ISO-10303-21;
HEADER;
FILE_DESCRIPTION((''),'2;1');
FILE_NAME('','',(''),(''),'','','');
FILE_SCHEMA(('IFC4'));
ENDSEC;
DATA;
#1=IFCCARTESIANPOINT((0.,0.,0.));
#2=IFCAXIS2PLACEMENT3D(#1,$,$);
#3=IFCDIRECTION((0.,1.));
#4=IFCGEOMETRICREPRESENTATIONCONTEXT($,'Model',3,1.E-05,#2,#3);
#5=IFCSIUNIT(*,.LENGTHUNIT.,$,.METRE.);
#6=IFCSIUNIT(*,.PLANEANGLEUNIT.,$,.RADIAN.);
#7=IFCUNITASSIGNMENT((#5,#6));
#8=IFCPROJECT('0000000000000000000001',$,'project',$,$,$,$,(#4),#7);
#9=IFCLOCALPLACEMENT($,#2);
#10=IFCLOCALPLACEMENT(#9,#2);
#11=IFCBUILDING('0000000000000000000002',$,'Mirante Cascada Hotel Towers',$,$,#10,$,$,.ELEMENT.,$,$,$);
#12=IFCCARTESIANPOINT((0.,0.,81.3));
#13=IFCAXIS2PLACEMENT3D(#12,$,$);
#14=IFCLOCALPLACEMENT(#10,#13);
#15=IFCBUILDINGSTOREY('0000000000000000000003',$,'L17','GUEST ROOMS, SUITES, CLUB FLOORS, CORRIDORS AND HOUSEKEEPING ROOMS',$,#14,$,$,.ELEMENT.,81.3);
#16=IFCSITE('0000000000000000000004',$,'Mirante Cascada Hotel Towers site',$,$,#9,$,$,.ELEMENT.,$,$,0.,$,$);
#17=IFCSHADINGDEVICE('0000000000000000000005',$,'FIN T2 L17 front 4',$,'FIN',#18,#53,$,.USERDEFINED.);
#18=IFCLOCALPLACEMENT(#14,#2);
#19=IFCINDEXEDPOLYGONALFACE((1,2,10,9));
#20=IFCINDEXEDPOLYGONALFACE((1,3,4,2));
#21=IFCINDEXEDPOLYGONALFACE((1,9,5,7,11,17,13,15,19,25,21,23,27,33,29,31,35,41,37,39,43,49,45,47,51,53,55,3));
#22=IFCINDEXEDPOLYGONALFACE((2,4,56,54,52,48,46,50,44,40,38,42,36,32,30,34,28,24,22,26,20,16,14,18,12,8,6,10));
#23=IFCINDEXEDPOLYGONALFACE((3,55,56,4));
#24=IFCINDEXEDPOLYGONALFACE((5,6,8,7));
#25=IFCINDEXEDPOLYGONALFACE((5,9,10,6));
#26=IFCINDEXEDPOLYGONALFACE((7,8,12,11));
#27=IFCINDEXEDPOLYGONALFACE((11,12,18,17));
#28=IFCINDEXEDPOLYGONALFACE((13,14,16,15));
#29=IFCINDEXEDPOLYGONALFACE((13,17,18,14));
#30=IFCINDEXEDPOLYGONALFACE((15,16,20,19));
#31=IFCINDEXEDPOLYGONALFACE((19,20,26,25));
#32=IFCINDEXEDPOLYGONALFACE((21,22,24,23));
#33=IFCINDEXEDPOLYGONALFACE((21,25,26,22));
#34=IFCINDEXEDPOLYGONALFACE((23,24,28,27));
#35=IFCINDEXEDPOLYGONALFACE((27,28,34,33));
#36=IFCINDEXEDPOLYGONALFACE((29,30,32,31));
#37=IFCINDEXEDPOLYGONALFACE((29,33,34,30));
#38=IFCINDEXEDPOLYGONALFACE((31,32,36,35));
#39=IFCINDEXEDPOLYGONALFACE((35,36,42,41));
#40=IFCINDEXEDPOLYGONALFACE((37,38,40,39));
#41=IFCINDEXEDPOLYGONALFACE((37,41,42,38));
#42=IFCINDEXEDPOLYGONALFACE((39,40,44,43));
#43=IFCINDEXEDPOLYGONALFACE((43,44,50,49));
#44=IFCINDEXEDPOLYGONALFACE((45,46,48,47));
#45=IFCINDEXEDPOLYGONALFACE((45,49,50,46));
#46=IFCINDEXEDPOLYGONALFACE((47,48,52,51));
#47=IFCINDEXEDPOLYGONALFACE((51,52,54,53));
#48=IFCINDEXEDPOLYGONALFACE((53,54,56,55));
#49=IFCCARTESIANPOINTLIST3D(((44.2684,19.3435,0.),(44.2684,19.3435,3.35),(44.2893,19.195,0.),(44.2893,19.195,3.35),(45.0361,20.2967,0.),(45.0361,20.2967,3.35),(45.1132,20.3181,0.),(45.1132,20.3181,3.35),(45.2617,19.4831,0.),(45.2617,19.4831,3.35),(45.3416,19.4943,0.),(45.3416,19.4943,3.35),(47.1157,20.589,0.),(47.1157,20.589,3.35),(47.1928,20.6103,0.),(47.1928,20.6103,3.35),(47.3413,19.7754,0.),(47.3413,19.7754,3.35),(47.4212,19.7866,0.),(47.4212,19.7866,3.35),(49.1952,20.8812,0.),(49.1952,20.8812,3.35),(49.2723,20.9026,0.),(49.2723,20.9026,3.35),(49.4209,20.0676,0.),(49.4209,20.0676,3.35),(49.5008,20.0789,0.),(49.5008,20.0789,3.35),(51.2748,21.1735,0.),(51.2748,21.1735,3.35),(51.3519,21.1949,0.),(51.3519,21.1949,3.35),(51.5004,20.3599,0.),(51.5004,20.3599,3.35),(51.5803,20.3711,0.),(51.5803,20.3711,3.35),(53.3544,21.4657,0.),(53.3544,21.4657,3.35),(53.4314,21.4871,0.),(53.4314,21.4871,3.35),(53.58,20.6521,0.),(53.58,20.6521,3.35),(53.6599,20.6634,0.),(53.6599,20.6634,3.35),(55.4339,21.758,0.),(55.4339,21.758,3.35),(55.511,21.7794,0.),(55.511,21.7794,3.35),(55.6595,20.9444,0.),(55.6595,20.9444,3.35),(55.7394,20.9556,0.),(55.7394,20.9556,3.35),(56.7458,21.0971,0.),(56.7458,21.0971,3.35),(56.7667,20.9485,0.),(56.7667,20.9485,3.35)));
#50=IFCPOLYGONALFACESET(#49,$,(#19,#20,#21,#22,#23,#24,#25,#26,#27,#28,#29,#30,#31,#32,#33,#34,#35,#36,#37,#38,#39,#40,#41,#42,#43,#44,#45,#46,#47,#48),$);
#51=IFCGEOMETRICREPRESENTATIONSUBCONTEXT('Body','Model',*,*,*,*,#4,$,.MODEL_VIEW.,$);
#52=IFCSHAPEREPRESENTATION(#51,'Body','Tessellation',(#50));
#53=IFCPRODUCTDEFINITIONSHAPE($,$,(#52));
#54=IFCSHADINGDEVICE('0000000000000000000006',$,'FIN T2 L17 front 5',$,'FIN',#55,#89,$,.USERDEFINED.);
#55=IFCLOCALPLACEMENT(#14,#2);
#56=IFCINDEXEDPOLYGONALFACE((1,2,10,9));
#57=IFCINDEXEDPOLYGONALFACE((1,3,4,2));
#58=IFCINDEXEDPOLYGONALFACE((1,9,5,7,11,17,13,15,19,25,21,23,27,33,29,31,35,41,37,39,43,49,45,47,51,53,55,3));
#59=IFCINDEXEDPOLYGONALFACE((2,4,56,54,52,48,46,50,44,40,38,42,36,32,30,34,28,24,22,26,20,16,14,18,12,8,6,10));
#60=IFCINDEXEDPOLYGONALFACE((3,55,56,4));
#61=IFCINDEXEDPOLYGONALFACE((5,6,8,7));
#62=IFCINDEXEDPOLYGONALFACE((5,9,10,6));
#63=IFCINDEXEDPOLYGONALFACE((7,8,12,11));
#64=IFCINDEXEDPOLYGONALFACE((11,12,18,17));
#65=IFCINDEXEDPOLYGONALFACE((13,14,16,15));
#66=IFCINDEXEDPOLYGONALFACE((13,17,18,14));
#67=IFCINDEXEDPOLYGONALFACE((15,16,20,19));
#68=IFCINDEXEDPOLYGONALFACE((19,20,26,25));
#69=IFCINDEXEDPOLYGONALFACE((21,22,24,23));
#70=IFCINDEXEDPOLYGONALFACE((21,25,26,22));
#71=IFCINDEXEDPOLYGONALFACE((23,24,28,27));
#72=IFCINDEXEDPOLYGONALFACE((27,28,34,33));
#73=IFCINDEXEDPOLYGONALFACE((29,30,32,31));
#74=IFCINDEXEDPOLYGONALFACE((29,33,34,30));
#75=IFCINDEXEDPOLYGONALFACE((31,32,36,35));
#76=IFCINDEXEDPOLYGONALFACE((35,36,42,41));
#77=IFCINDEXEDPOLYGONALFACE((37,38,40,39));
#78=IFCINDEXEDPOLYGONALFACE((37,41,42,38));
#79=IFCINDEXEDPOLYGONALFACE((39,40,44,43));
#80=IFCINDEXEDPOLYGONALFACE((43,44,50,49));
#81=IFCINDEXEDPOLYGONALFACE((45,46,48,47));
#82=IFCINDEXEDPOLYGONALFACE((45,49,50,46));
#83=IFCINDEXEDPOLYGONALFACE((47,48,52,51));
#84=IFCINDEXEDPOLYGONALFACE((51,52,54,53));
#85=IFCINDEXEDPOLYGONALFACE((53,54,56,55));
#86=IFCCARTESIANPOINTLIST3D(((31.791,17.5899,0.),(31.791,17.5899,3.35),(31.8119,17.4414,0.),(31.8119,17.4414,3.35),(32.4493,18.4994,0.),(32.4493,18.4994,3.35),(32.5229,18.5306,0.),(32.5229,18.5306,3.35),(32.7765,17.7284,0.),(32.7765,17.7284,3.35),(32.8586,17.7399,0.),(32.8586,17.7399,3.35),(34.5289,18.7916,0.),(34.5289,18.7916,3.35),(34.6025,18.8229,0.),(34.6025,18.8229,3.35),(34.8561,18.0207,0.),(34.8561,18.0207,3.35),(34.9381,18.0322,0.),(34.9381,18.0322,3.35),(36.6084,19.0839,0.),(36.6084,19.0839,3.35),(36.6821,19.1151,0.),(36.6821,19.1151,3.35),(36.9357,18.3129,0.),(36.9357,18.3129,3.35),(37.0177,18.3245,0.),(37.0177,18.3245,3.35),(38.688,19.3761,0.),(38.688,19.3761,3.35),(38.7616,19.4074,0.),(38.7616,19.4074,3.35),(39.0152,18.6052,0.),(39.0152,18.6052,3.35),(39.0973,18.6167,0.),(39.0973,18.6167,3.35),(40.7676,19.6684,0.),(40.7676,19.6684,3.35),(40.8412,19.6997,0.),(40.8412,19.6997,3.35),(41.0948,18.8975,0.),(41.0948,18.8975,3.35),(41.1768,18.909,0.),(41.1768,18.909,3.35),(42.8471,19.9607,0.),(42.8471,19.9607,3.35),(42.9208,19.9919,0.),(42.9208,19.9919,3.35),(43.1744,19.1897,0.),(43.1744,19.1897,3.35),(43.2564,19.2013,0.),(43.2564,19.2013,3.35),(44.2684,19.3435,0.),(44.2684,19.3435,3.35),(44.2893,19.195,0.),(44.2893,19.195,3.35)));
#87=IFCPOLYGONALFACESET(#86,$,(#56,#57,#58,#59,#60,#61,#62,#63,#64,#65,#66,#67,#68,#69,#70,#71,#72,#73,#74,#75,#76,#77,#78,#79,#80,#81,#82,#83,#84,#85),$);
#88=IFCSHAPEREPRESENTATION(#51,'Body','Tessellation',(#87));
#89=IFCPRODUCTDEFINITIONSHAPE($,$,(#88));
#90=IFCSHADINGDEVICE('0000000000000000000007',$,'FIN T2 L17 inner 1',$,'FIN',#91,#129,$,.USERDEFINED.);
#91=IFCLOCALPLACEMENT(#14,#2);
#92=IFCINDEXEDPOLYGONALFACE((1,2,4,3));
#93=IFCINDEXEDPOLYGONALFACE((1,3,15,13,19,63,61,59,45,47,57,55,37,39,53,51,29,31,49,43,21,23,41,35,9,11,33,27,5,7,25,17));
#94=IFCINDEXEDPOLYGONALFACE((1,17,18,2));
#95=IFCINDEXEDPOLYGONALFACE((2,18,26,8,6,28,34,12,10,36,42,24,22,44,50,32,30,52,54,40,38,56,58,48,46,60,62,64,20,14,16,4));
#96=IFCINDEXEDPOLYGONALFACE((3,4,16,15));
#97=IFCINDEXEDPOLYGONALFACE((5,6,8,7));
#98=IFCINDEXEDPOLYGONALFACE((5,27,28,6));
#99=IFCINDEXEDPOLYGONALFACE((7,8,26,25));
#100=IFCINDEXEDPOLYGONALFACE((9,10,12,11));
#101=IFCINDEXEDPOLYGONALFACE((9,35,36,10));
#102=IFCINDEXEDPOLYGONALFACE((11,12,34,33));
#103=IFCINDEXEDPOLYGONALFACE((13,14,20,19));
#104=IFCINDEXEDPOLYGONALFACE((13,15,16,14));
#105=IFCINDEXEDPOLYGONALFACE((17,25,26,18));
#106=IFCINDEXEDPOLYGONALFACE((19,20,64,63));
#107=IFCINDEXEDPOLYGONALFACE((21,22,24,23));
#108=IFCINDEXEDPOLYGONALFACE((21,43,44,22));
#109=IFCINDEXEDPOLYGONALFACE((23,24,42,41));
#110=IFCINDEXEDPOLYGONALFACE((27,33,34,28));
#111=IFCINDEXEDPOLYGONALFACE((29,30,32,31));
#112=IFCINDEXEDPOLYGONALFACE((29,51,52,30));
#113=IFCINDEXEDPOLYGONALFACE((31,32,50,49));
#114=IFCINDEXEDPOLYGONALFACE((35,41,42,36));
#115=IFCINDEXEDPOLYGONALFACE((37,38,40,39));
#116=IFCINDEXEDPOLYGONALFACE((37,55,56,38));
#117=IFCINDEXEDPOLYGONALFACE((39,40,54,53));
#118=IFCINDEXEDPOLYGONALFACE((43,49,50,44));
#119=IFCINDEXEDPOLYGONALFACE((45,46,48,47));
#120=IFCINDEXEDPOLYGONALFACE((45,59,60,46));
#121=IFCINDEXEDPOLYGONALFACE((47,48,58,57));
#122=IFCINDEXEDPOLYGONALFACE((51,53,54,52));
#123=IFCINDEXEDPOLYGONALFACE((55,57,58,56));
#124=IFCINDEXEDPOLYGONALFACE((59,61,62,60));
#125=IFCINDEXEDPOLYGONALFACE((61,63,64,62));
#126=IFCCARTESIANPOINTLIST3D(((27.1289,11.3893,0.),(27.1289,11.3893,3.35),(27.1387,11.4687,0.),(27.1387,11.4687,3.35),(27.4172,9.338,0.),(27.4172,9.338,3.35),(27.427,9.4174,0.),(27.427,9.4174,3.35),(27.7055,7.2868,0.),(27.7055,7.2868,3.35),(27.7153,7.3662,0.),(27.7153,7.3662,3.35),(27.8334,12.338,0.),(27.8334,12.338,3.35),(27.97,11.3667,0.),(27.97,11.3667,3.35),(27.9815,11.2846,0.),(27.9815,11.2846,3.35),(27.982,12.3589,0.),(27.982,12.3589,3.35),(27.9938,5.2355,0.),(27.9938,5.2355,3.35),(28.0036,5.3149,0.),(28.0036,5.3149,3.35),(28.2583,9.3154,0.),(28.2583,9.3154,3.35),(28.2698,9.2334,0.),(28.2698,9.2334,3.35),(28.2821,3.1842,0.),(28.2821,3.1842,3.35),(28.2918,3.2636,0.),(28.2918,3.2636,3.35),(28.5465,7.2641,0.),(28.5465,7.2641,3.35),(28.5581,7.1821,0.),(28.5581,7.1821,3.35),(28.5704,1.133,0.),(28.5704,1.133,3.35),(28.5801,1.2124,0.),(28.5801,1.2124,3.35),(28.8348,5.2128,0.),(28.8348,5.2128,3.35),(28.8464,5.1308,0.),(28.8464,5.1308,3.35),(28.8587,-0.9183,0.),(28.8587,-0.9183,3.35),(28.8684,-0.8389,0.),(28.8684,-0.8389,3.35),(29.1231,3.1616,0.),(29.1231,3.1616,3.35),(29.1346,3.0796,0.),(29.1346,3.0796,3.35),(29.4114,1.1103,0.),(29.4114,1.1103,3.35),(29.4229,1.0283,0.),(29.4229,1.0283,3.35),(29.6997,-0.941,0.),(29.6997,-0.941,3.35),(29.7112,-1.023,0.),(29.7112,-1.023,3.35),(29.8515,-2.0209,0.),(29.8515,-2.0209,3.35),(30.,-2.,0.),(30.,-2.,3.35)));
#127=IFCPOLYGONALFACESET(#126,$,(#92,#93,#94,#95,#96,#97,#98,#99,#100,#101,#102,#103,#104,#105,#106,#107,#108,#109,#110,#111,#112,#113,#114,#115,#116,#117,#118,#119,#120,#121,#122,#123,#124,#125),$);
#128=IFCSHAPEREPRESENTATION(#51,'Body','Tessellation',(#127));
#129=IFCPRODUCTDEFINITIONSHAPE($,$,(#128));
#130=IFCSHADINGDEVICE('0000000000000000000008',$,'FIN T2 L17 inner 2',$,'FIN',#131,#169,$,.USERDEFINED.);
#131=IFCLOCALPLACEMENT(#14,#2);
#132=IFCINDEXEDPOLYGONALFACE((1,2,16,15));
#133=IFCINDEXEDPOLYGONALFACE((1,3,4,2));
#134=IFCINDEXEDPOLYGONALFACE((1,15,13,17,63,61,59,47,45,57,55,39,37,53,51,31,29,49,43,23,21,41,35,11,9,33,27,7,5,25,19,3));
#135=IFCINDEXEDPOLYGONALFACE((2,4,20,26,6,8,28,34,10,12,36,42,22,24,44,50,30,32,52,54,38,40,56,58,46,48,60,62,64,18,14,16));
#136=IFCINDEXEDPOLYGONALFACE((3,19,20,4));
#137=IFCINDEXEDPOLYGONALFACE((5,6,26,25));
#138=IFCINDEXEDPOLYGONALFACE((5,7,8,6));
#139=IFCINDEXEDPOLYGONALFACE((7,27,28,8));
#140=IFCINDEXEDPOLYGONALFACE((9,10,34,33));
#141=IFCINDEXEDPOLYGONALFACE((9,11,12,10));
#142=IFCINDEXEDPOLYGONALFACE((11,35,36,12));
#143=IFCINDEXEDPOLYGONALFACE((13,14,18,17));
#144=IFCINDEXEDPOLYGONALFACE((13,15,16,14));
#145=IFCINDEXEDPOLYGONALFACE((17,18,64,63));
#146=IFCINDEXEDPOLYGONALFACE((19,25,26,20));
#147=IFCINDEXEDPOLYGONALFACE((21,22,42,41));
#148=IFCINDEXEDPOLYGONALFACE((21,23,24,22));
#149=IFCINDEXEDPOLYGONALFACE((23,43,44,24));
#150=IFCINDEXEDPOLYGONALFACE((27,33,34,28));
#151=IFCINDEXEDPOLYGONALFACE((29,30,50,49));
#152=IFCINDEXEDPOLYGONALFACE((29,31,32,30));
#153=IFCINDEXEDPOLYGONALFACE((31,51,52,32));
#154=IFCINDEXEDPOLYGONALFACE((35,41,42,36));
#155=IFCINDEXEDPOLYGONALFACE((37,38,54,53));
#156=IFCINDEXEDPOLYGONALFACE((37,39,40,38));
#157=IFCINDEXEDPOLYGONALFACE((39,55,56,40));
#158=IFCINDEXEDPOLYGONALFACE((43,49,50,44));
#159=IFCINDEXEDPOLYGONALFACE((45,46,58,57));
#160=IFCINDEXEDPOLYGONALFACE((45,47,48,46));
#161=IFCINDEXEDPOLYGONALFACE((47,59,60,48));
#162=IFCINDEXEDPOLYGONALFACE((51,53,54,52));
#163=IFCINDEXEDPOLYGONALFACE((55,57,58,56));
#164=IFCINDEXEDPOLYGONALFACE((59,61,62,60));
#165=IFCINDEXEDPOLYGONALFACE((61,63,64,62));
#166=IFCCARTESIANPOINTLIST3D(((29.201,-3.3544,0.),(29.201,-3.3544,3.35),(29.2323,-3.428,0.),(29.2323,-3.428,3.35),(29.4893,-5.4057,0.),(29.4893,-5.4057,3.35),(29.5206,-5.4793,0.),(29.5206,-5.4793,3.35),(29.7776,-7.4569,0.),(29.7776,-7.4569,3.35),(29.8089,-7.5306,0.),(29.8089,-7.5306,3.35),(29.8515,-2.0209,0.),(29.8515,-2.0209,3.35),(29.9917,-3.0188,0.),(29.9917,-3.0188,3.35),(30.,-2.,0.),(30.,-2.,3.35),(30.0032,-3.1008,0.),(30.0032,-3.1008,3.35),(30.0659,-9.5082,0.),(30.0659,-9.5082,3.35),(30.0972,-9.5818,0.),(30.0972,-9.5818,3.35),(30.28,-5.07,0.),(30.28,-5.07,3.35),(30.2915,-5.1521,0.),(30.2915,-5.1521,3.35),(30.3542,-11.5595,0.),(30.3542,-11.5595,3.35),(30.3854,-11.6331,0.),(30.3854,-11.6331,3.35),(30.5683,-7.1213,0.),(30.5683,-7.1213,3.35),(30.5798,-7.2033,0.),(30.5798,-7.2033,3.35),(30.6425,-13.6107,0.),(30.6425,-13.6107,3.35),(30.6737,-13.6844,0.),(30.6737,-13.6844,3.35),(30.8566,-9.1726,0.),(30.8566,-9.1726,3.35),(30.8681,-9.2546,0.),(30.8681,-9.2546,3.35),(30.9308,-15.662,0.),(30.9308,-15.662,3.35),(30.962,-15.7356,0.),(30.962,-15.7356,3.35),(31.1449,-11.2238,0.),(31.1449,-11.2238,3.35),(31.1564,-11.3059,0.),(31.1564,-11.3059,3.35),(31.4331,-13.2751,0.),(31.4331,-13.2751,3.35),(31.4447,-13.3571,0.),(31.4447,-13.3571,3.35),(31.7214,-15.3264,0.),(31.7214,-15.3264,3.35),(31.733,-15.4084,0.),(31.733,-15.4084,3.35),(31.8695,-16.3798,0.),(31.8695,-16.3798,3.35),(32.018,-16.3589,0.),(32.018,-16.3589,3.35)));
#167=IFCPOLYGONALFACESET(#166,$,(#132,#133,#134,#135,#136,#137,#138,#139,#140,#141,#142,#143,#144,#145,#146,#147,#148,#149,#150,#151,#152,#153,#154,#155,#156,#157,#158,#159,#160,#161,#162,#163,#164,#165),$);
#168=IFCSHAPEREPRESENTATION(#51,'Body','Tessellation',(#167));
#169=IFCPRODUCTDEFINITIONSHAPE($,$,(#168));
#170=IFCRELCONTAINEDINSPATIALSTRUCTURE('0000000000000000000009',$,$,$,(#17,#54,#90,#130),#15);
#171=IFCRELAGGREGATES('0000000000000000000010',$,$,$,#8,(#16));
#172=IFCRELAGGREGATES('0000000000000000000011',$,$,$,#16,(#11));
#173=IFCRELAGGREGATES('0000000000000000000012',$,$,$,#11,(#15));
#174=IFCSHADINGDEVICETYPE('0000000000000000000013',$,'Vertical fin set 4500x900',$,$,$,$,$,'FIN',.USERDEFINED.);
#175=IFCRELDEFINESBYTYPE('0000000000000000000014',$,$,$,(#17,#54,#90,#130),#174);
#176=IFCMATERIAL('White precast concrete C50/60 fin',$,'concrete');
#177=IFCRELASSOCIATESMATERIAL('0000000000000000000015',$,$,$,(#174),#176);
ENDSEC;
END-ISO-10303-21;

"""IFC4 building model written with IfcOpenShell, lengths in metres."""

from ifc_helpers import new_model, si_unit, direction, frame, origin, place, context, subcontext, project, spatial, polyline, outline, extrude, material, type_object, element, save


model = new_model("IFC4")

# Units and contexts
model_context = context("Model", 3, precision=1e-05, world=origin(), true_north=direction((0.0, 1.0)))
body_context = subcontext(model_context, "Body", "Model", "MODEL_VIEW")
ifc_project = project(units=[si_unit("LENGTHUNIT", "METRE"), si_unit("PLANEANGLEUNIT", "RADIAN")], contexts=[model_context])

# Site, building, storey
site_placement = place(None, origin())
site = spatial("IfcSite", under=ifc_project, at=site_placement, Name="Mirante Cascada Hotel Towers site", CompositionType="ELEMENT", RefElevation=0.0)
building_placement = place(site_placement, origin())
building = spatial("IfcBuilding", under=site, at=building_placement, Name="Mirante Cascada Hotel Towers", CompositionType="ELEMENT")
storey_placement = place(building_placement, frame((0.0, 0.0, 81.3)))
storey = spatial("IfcBuildingStorey", under=building, at=storey_placement, Name="L17", Description="GUEST ROOMS, SUITES, CLUB FLOORS, CORRIDORS AND HOUSEKEEPING ROOMS", CompositionType="ELEMENT", Elevation=81.3)

# Shading devices
ifc_material_1 = material(Name="White precast concrete C50/60 fin", Category="concrete")
shading_device_type = type_object("IfcShadingDeviceType", Name="Vertical fin set 4500x900", ElementType="FIN", PredefinedType="USERDEFINED", material=ifc_material_1)
shading_device_1_placement = place(storey_placement, origin())
element("IfcShadingDevice", 1, at=shading_device_1_placement, inside=storey, type_object=shading_device_type, Name="FIN T2 L17 front 4", ObjectType="FIN", PredefinedType="USERDEFINED", context=body_context, shape_type="SweptSolid", body=[
    extrude(outline(polyline([(45.1132, 20.3181), (45.3416, 19.4943), (47.3413, 19.7754), (47.1157, 20.589), (47.1928, 20.6103), (47.4212, 19.7866), (49.4209, 20.0676), (49.1952, 20.8812), (49.2723, 20.9026), (49.5008, 20.0789), (51.5004, 20.3599), (51.2748, 21.1735), (51.3519, 21.1949), (51.5803, 20.3711), (53.58, 20.6521), (53.3544, 21.4657), (53.4314, 21.4871), (53.6599, 20.6634), (55.6595, 20.9444), (55.4339, 21.758), (55.511, 21.7794), (55.7394, 20.9556), (56.7458, 21.0971), (56.7667, 20.9485), (44.2893, 19.195), (44.2684, 19.3435), (45.2617, 19.4831), (45.0361, 20.2967), (45.1132, 20.3181)])), origin(), (0.0, 0.0, 1.0), 3.35),
])
shading_device_2_placement = place(storey_placement, origin())
element("IfcShadingDevice", 2, at=shading_device_2_placement, inside=storey, type_object=shading_device_type, Name="FIN T2 L17 front 5", ObjectType="FIN", PredefinedType="USERDEFINED", context=body_context, shape_type="SweptSolid", body=[
    extrude(outline(polyline([(32.5229, 18.5306), (32.8586, 17.7399), (34.8561, 18.0207), (34.5289, 18.7916), (34.6025, 18.8229), (34.9381, 18.0322), (36.9357, 18.3129), (36.6084, 19.0839), (36.6821, 19.1151), (37.0177, 18.3245), (39.0152, 18.6052), (38.688, 19.3761), (38.7616, 19.4074), (39.0973, 18.6167), (41.0948, 18.8975), (40.7676, 19.6684), (40.8412, 19.6997), (41.1768, 18.909), (43.1744, 19.1897), (42.8471, 19.9607), (42.9208, 19.9919), (43.2564, 19.2013), (44.2684, 19.3435), (44.2893, 19.195), (31.8119, 17.4414), (31.791, 17.5899), (32.7765, 17.7284), (32.4493, 18.4994), (32.5229, 18.5306)])), origin(), (0.0, 0.0, 1.0), 3.35),
])
shading_device_3_placement = place(storey_placement, origin())
element("IfcShadingDevice", 3, at=shading_device_3_placement, inside=storey, type_object=shading_device_type, Name="FIN T2 L17 inner 1", ObjectType="FIN", PredefinedType="USERDEFINED", context=body_context, shape_type="SweptSolid", body=[
    extrude(outline(polyline([(28.8684, -0.8389), (29.6997, -0.941), (29.4229, 1.0283), (28.5704, 1.133), (28.5801, 1.2124), (29.4114, 1.1103), (29.1346, 3.0796), (28.2821, 3.1842), (28.2918, 3.2636), (29.1231, 3.1616), (28.8464, 5.1308), (27.9938, 5.2355), (28.0036, 5.3149), (28.8348, 5.2128), (28.5581, 7.1821), (27.7055, 7.2868), (27.7153, 7.3662), (28.5465, 7.2641), (28.2698, 9.2334), (27.4172, 9.338), (27.427, 9.4174), (28.2583, 9.3154), (27.9815, 11.2846), (27.1289, 11.3893), (27.1387, 11.4687), (27.97, 11.3667), (27.8334, 12.338), (27.982, 12.3589), (30.0, -2.0), (29.8515, -2.0209), (29.7112, -1.023), (28.8587, -0.9183), (28.8684, -0.8389)])), origin(), (0.0, 0.0, 1.0), 3.35),
])
shading_device_4_placement = place(storey_placement, origin())
element("IfcShadingDevice", 4, at=shading_device_4_placement, inside=storey, type_object=shading_device_type, Name="FIN T2 L17 inner 2", ObjectType="FIN", PredefinedType="USERDEFINED", context=body_context, shape_type="SweptSolid", body=[
    extrude(outline(polyline([(30.9308, -15.662), (31.7214, -15.3264), (31.4447, -13.3571), (30.6737, -13.6844), (30.6425, -13.6107), (31.4331, -13.2751), (31.1564, -11.3059), (30.3854, -11.6331), (30.3542, -11.5595), (31.1449, -11.2238), (30.8681, -9.2546), (30.0972, -9.5818), (30.0659, -9.5082), (30.8566, -9.1726), (30.5798, -7.2033), (29.8089, -7.5306), (29.7776, -7.4569), (30.5683, -7.1213), (30.2915, -5.1521), (29.5206, -5.4793), (29.4893, -5.4057), (30.28, -5.07), (30.0032, -3.1008), (29.2323, -3.428), (29.201, -3.3544), (29.9917, -3.0188), (29.8515, -2.0209), (30.0, -2.0), (32.018, -16.3589), (31.8695, -16.3798), (31.733, -15.4084), (30.962, -15.7356), (30.9308, -15.662)])), origin(), (0.0, 0.0, 1.0), 3.35),
])

save(model, "model.ifc")
